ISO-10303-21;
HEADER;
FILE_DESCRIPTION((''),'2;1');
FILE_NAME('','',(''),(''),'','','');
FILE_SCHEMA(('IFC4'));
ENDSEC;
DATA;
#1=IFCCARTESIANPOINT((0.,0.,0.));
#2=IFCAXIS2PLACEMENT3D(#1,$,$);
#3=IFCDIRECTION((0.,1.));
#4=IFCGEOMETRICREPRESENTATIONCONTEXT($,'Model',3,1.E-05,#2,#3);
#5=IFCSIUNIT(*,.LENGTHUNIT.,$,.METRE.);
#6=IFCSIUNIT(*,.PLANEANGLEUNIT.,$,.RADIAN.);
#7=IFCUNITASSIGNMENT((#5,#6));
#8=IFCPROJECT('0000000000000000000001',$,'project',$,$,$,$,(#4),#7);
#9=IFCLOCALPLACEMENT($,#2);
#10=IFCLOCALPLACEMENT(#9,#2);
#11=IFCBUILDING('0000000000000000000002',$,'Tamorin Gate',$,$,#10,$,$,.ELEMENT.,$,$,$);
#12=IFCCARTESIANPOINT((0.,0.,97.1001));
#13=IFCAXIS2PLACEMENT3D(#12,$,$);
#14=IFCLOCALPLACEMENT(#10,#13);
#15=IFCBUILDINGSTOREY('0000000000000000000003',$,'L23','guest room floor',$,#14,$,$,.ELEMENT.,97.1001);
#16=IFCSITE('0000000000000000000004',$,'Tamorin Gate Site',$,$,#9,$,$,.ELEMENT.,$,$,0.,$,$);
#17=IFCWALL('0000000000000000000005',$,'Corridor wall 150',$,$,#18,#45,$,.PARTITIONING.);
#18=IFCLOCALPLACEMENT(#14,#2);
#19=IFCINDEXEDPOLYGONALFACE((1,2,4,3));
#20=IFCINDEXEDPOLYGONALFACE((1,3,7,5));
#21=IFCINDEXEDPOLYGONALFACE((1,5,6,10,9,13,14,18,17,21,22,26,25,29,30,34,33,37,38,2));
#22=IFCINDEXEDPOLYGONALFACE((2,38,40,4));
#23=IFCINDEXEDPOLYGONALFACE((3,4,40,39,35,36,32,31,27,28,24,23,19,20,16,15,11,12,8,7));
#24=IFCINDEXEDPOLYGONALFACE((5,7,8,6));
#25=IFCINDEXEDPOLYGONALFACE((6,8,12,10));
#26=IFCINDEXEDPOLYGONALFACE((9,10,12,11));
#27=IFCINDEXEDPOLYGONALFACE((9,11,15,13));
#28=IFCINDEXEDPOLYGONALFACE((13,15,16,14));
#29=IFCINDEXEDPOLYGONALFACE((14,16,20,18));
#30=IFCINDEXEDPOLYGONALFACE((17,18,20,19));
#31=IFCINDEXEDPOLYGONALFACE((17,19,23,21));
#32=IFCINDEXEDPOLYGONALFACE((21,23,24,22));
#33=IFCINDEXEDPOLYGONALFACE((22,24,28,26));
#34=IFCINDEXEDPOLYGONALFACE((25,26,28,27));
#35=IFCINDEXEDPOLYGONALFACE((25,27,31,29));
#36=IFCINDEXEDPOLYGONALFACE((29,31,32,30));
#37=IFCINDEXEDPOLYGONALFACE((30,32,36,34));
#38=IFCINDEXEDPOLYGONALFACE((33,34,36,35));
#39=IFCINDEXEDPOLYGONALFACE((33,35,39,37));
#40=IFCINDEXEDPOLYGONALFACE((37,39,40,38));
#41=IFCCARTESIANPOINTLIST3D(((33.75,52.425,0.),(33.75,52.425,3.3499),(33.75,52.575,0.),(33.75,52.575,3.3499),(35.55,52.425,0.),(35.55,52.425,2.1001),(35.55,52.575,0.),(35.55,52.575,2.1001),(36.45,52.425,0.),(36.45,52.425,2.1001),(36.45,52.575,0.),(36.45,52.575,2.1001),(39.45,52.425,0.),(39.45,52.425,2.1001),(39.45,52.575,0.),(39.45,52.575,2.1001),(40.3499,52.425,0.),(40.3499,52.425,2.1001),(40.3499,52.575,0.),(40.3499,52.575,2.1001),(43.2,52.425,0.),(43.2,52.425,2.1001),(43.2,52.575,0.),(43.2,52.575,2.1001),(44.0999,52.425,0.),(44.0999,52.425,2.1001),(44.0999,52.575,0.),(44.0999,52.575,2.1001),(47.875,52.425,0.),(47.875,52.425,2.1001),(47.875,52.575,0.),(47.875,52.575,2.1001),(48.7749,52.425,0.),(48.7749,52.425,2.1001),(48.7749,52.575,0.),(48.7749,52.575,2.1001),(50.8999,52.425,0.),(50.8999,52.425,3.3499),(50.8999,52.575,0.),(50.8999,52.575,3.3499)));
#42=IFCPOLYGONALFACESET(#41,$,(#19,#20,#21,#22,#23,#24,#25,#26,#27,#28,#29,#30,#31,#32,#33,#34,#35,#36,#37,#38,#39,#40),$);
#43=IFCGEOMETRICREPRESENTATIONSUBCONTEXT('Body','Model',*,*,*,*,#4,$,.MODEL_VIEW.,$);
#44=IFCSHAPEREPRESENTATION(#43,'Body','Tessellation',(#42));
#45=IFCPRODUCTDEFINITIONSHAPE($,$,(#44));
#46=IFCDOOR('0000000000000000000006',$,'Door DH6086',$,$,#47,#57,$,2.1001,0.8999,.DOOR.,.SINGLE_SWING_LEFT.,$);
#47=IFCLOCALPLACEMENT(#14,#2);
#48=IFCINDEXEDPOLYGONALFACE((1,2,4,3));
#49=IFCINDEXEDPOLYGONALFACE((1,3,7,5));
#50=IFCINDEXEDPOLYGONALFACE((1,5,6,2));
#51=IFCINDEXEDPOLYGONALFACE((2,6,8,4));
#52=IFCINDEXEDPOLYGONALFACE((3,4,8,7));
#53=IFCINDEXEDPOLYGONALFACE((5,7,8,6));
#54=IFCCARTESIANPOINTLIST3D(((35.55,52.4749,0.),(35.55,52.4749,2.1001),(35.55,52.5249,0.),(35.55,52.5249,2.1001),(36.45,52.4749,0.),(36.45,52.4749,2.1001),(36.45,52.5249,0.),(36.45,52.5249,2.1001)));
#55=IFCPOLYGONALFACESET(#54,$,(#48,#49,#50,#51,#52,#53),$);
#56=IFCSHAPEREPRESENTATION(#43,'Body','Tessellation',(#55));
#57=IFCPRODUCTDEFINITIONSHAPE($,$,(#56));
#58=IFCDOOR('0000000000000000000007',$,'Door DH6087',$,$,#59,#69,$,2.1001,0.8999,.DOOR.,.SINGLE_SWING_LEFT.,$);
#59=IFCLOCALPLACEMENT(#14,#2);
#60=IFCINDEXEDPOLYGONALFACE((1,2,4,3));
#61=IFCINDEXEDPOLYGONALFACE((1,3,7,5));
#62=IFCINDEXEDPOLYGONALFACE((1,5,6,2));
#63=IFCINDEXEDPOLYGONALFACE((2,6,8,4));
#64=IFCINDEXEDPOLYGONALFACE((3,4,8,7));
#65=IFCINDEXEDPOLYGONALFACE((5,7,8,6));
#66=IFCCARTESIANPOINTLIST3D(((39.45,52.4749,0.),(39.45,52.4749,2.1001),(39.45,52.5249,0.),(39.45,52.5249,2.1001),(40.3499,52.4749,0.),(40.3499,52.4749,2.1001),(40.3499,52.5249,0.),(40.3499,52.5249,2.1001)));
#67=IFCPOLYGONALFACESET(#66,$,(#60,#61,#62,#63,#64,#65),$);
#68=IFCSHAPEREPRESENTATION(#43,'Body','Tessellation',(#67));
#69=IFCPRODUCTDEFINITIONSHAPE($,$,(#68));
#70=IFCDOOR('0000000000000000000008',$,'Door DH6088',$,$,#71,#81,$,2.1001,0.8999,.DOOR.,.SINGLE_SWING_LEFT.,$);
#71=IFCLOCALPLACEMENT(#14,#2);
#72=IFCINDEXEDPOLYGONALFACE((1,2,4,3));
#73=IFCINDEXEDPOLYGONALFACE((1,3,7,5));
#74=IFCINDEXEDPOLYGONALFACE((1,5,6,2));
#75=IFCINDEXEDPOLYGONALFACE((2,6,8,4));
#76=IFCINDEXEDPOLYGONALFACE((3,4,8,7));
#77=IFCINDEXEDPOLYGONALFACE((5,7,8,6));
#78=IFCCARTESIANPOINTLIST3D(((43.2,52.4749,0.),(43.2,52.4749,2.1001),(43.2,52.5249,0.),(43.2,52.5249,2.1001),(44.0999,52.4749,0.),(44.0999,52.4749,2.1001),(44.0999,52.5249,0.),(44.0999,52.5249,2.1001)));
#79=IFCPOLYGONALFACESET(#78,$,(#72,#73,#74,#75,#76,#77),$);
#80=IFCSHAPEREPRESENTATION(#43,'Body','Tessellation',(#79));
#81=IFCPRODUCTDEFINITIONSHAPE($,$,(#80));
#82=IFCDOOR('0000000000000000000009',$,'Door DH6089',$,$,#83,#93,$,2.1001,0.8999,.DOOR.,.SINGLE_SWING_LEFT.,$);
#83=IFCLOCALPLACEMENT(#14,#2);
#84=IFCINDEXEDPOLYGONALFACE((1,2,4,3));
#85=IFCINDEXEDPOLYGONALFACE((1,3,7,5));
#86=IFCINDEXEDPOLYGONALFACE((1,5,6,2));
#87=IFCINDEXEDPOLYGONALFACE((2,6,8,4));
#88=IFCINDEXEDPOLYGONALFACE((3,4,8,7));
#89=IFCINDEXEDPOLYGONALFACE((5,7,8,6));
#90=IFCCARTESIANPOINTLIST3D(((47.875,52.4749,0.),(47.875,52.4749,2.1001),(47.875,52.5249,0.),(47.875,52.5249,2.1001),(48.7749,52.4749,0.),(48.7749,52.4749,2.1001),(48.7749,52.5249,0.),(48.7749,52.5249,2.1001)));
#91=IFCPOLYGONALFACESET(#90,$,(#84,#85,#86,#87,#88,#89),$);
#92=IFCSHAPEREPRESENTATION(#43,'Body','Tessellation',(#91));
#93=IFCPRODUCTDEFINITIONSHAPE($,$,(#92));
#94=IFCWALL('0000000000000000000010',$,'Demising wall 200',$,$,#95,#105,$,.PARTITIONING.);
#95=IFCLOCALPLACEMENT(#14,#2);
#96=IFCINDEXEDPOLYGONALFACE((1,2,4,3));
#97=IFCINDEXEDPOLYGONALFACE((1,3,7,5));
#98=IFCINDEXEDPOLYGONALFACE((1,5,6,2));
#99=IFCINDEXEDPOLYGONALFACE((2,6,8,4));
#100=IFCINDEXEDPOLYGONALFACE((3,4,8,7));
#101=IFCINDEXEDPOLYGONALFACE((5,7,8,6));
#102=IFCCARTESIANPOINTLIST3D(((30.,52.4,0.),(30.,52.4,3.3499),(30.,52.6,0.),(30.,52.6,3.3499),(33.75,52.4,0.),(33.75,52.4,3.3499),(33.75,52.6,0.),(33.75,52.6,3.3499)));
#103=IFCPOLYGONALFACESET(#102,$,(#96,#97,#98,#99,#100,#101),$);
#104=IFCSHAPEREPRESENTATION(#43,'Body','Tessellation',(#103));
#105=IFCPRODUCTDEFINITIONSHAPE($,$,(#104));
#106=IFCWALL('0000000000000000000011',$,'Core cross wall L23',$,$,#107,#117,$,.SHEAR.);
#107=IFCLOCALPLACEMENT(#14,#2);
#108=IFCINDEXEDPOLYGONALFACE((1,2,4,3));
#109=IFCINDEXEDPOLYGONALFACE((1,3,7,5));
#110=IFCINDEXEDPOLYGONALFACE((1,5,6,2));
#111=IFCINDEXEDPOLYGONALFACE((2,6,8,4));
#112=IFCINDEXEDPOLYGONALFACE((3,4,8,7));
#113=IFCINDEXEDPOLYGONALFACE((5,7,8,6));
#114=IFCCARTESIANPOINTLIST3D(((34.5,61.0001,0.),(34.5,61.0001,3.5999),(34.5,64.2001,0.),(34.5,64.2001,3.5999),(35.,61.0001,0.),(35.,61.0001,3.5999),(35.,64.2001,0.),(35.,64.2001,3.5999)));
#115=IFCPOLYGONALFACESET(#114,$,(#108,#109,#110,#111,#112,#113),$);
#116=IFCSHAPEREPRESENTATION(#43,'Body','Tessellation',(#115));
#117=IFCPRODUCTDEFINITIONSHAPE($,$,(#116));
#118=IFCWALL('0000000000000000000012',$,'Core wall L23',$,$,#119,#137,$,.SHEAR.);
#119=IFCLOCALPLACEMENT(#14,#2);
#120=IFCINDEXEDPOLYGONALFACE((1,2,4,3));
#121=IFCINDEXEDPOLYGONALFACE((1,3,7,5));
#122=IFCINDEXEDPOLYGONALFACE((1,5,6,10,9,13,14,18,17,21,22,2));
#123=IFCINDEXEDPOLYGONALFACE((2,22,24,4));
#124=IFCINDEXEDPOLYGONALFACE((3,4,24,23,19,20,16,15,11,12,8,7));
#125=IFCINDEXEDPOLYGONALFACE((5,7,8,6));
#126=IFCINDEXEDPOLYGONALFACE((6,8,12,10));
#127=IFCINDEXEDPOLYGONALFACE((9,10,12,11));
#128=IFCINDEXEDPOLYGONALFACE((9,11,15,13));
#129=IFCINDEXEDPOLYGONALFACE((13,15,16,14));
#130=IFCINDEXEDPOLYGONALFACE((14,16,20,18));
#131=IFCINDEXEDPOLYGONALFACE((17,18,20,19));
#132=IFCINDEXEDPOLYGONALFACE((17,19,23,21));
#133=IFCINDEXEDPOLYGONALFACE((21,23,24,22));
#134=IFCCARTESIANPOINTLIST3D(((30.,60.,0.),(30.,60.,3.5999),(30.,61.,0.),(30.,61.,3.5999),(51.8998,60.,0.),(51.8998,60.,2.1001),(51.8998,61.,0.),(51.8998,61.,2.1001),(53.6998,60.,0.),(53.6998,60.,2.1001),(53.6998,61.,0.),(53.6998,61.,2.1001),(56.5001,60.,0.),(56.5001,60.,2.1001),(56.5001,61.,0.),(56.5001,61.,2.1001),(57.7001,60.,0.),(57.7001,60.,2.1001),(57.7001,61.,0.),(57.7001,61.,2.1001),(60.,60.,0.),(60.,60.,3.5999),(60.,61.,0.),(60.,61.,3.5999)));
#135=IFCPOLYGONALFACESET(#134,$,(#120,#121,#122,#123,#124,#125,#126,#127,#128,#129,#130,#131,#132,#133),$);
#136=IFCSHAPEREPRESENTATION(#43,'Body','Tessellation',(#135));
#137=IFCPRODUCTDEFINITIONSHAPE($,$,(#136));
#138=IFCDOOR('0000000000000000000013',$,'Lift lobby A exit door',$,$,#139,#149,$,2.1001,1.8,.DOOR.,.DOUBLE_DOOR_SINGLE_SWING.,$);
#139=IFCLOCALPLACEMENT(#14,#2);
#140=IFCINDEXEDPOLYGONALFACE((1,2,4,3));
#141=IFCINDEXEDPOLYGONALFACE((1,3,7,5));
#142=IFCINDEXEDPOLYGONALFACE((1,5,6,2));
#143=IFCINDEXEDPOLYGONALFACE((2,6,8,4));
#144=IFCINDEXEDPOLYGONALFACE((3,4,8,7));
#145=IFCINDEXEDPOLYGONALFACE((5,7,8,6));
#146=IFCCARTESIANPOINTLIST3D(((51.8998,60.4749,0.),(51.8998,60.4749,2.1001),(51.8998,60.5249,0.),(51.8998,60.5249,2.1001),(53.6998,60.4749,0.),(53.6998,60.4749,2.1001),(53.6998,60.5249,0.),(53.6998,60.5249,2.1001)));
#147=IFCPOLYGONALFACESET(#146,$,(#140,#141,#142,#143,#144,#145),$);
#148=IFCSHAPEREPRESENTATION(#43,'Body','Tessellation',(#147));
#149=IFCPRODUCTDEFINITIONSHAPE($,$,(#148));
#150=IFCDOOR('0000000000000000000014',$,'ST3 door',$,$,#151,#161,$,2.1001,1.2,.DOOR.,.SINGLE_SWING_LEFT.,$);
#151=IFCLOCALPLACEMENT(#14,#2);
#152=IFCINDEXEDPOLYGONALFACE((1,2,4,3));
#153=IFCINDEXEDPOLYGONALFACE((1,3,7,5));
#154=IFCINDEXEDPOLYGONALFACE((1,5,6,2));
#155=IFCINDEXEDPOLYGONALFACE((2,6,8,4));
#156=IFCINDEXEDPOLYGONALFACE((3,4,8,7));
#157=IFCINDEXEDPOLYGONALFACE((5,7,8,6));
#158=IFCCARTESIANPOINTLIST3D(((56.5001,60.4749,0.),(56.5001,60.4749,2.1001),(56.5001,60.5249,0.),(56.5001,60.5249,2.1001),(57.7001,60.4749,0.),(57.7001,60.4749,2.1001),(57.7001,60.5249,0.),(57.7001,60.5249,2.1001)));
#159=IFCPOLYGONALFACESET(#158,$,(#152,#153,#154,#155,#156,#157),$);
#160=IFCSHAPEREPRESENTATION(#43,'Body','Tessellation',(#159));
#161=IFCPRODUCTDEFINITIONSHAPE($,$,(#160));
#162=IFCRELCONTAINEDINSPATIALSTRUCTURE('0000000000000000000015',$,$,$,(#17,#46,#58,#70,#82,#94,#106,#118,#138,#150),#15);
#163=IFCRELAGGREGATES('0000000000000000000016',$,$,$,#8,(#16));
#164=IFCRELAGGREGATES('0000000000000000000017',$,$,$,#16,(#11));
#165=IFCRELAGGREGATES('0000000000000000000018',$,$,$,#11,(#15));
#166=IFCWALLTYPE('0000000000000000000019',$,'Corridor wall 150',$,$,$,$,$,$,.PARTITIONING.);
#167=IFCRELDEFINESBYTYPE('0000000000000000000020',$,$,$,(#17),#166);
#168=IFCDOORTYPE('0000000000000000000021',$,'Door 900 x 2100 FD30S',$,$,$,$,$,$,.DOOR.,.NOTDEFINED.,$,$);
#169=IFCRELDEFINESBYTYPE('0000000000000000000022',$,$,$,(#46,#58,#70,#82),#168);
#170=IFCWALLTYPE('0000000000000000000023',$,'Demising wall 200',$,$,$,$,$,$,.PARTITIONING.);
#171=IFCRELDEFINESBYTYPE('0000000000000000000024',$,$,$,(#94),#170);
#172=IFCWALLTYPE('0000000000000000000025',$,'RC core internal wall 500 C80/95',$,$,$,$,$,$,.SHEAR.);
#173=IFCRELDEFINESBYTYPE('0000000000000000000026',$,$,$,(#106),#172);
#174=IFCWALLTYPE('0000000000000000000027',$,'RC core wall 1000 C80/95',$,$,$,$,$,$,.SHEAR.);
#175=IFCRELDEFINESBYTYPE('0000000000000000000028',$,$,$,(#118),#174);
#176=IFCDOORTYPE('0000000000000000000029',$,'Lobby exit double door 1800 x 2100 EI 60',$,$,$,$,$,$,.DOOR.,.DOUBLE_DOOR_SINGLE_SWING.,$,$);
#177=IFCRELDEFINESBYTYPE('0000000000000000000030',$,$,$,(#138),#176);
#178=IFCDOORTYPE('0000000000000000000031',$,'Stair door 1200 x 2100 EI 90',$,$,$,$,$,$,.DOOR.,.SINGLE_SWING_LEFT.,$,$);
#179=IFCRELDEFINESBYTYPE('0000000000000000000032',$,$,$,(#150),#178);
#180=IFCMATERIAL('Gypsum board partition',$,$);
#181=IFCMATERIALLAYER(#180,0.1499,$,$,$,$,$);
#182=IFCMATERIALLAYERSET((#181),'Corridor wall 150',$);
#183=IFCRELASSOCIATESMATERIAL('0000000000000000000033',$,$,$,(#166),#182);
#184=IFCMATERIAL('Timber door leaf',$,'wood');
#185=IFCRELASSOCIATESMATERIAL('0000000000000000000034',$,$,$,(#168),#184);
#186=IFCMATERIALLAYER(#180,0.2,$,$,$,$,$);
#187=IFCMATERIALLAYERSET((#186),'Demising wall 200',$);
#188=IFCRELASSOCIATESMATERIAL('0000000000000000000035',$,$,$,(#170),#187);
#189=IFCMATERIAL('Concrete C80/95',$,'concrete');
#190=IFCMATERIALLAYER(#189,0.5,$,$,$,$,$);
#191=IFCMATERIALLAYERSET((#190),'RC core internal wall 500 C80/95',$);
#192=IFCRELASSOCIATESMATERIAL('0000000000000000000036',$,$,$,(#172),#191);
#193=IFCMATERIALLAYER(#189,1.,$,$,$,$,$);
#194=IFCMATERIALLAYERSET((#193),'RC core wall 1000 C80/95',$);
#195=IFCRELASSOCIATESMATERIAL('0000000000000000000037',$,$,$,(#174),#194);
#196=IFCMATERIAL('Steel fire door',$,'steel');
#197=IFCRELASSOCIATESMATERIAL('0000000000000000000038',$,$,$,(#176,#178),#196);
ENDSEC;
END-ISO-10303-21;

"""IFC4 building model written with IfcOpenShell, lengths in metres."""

from ifc_helpers import new_model, si_unit, direction, frame, frame_2d, origin, place, context, subcontext, project, spatial, rectangle, extrude, material, layer, layer_set, type_object, element, fill, save


model = new_model("IFC4")

# Units and contexts
model_context = context("Model", 3, precision=1e-05, world=origin(), true_north=direction((0.0, 1.0)))
body_context = subcontext(model_context, "Body", "Model", "MODEL_VIEW")
ifc_project = project(units=[si_unit("LENGTHUNIT", "METRE"), si_unit("PLANEANGLEUNIT", "RADIAN")], contexts=[model_context])

# Site, building, storey
site_placement = place(None, origin())
site = spatial("IfcSite", under=ifc_project, at=site_placement, Name="Tamorin Gate Site", CompositionType="ELEMENT", RefElevation=0.0)
building_placement = place(site_placement, origin())
building = spatial("IfcBuilding", under=site, at=building_placement, Name="Tamorin Gate", CompositionType="ELEMENT")
storey_placement = place(building_placement, frame((0.0, 0.0, 97.1001)))
storey = spatial("IfcBuildingStorey", under=building, at=storey_placement, Name="L23", Description="guest room floor", CompositionType="ELEMENT", Elevation=97.1001)

# Shared definitions
ifc_material_1 = material(Name="Concrete C80/95", Category="concrete")

# Wall, openings, doors
ifc_material_2 = material(Name="Gypsum board partition")
ifc_layer_1 = layer(ifc_material_2, 0.1499)
ifc_layer_set_1 = layer_set([ifc_layer_1], Name="Corridor wall 150")
wall_type_1 = type_object("IfcWallType", Name="Corridor wall 150", PredefinedType="PARTITIONING", material=ifc_layer_set_1)
wall_1_placement = place(storey_placement, frame((33.75, 52.5, 0.0), z_axis=(0.0, 0.0, 1.0), x_axis=(1.0, 0.0, 0.0)))
wall_1 = element("IfcWall", 1, at=wall_1_placement, inside=storey, type_object=wall_type_1, Name="Corridor wall 150", PredefinedType="PARTITIONING", context=body_context, shape_type="SweptSolid", body=[
    extrude(rectangle(XDim=17.1499, YDim=0.1499, at=frame_2d((8.575, 0.0))), origin(), (0.0, 0.0, 1.0), 3.3499),
])
opening_1_placement = place(wall_1_placement, frame((1.8, 0.0, 0.0)))
opening_1 = element("IfcOpeningElement", 2, at=opening_1_placement, cuts=wall_1, PredefinedType="OPENING", context=body_context, shape_type="SweptSolid", body=[
    extrude(rectangle(XDim=0.8999, YDim=2.1001, at=frame_2d((0.45, 1.05))), frame((0.0, 0.085, 0.0), z_axis=(0.0, -1.0, 0.0), x_axis=(1.0, 0.0, 0.0)), (0.0, 0.0, 1.0), 0.1699),
])
opening_2_placement = place(wall_1_placement, frame((5.7, 0.0, 0.0)))
opening_2 = element("IfcOpeningElement", 3, at=opening_2_placement, cuts=wall_1, PredefinedType="OPENING", context=body_context, shape_type="SweptSolid", body=[
    extrude(rectangle(XDim=0.8999, YDim=2.1001, at=frame_2d((0.45, 1.05))), frame((0.0, 0.085, 0.0), z_axis=(0.0, -1.0, 0.0), x_axis=(1.0, 0.0, 0.0)), (0.0, 0.0, 1.0), 0.1699),
])
opening_3_placement = place(wall_1_placement, frame((9.45, 0.0, 0.0)))
opening_3 = element("IfcOpeningElement", 4, at=opening_3_placement, cuts=wall_1, PredefinedType="OPENING", context=body_context, shape_type="SweptSolid", body=[
    extrude(rectangle(XDim=0.8999, YDim=2.1001, at=frame_2d((0.45, 1.05))), frame((0.0, 0.085, 0.0), z_axis=(0.0, -1.0, 0.0), x_axis=(1.0, 0.0, 0.0)), (0.0, 0.0, 1.0), 0.1699),
])
opening_4_placement = place(wall_1_placement, frame((14.125, 0.0, 0.0)))
opening_4 = element("IfcOpeningElement", 5, at=opening_4_placement, cuts=wall_1, PredefinedType="OPENING", context=body_context, shape_type="SweptSolid", body=[
    extrude(rectangle(XDim=0.8999, YDim=2.1001, at=frame_2d((0.45, 1.05))), frame((0.0, 0.085, 0.0), z_axis=(0.0, -1.0, 0.0), x_axis=(1.0, 0.0, 0.0)), (0.0, 0.0, 1.0), 0.1699),
])
ifc_material_3 = material(Name="Timber door leaf", Category="wood")
door_type_1 = type_object("IfcDoorType", Name="Door 900 x 2100 FD30S", OperationType="NOTDEFINED", PredefinedType="DOOR", material=ifc_material_3)
door_1_placement = place(opening_1_placement, origin())
door_1 = element("IfcDoor", 6, at=door_1_placement, inside=storey, type_object=door_type_1, Name="Door DH6086", OperationType="SINGLE_SWING_LEFT", OverallHeight=2.1001, OverallWidth=0.8999, PredefinedType="DOOR", context=body_context, shape_type="SweptSolid", body=[
    extrude(rectangle(XDim=0.8999, YDim=2.1001, at=frame_2d((0.45, 1.05))), frame((0.0, 0.0249, 0.0), z_axis=(0.0, -1.0, 0.0), x_axis=(1.0, 0.0, 0.0)), (0.0, 0.0, 1.0), 0.05),
])
fill(opening_1, door_1)
door_2_placement = place(opening_2_placement, origin())
door_2 = element("IfcDoor", 7, at=door_2_placement, inside=storey, type_object=door_type_1, Name="Door DH6087", OperationType="SINGLE_SWING_LEFT", OverallHeight=2.1001, OverallWidth=0.8999, PredefinedType="DOOR", context=body_context, shape_type="SweptSolid", body=[
    extrude(rectangle(XDim=0.8999, YDim=2.1001, at=frame_2d((0.45, 1.05))), frame((0.0, 0.0249, 0.0), z_axis=(0.0, -1.0, 0.0), x_axis=(1.0, 0.0, 0.0)), (0.0, 0.0, 1.0), 0.05),
])
fill(opening_2, door_2)
door_3_placement = place(opening_3_placement, origin())
door_3 = element("IfcDoor", 8, at=door_3_placement, inside=storey, type_object=door_type_1, Name="Door DH6088", OperationType="SINGLE_SWING_LEFT", OverallHeight=2.1001, OverallWidth=0.8999, PredefinedType="DOOR", context=body_context, shape_type="SweptSolid", body=[
    extrude(rectangle(XDim=0.8999, YDim=2.1001, at=frame_2d((0.45, 1.05))), frame((0.0, 0.0249, 0.0), z_axis=(0.0, -1.0, 0.0), x_axis=(1.0, 0.0, 0.0)), (0.0, 0.0, 1.0), 0.05),
])
fill(opening_3, door_3)
door_4_placement = place(opening_4_placement, origin())
door_4 = element("IfcDoor", 9, at=door_4_placement, inside=storey, type_object=door_type_1, Name="Door DH6089", OperationType="SINGLE_SWING_LEFT", OverallHeight=2.1001, OverallWidth=0.8999, PredefinedType="DOOR", context=body_context, shape_type="SweptSolid", body=[
    extrude(rectangle(XDim=0.8999, YDim=2.1001, at=frame_2d((0.45, 1.05))), frame((0.0, 0.0249, 0.0), z_axis=(0.0, -1.0, 0.0), x_axis=(1.0, 0.0, 0.0)), (0.0, 0.0, 1.0), 0.05),
])
fill(opening_4, door_4)

# Walls
ifc_layer_2 = layer(ifc_material_2, 0.2)
ifc_layer_set_2 = layer_set([ifc_layer_2], Name="Demising wall 200")
wall_type_2 = type_object("IfcWallType", Name="Demising wall 200", PredefinedType="PARTITIONING", material=ifc_layer_set_2)
wall_2_placement = place(storey_placement, frame((30.0, 52.5, 0.0), z_axis=(0.0, 0.0, 1.0), x_axis=(1.0, 0.0, 0.0)))
element("IfcWall", 10, at=wall_2_placement, inside=storey, type_object=wall_type_2, Name="Demising wall 200", PredefinedType="PARTITIONING", context=body_context, shape_type="SweptSolid", body=[
    extrude(rectangle(XDim=3.75, YDim=0.2, at=frame_2d((1.875, 0.0))), origin(), (0.0, 0.0, 1.0), 3.3499),
])
ifc_layer_3 = layer(ifc_material_1, 0.5)
ifc_layer_set_3 = layer_set([ifc_layer_3], Name="RC core internal wall 500 C80/95")
wall_type_3 = type_object("IfcWallType", Name="RC core internal wall 500 C80/95", PredefinedType="SHEAR", material=ifc_layer_set_3)
wall_3_placement = place(storey_placement, frame((34.75, 61.0, 0.0), z_axis=(0.0, 0.0, 1.0), x_axis=(0.0, 1.0, 0.0)))
element("IfcWall", 11, at=wall_3_placement, inside=storey, type_object=wall_type_3, Name="Core cross wall L23", PredefinedType="SHEAR", context=body_context, shape_type="SweptSolid", body=[
    extrude(rectangle(XDim=3.2, YDim=0.5, at=frame_2d((1.6001, 0.0))), origin(), (0.0, 0.0, 1.0), 3.5999),
])

# Wall, openings, doors
ifc_layer_4 = layer(ifc_material_1, 1.0)
ifc_layer_set_4 = layer_set([ifc_layer_4], Name="RC core wall 1000 C80/95")
wall_type_4 = type_object("IfcWallType", Name="RC core wall 1000 C80/95", PredefinedType="SHEAR", material=ifc_layer_set_4)
wall_4_placement = place(storey_placement, frame((30.0, 60.5, 0.0), z_axis=(0.0, 0.0, 1.0), x_axis=(1.0, 0.0, 0.0)))
wall_4 = element("IfcWall", 12, at=wall_4_placement, inside=storey, type_object=wall_type_4, Name="Core wall L23", PredefinedType="SHEAR", context=body_context, shape_type="SweptSolid", body=[
    extrude(rectangle(XDim=30.0, YDim=1.0, at=frame_2d((15.0, 0.0))), origin(), (0.0, 0.0, 1.0), 3.5999),
])
opening_5_placement = place(wall_4_placement, frame((21.8999, 0.0, 0.0)))
opening_5 = element("IfcOpeningElement", 13, at=opening_5_placement, cuts=wall_4, PredefinedType="OPENING", context=body_context, shape_type="SweptSolid", body=[
    extrude(rectangle(XDim=1.8, YDim=2.1001, at=frame_2d((0.8999, 1.05))), frame((0.0, 0.51, 0.0), z_axis=(0.0, -1.0, 0.0), x_axis=(1.0, 0.0, 0.0)), (0.0, 0.0, 1.0), 1.02),
])
opening_6_placement = place(wall_4_placement, frame((26.5, 0.0, 0.0)))
opening_6 = element("IfcOpeningElement", 14, at=opening_6_placement, cuts=wall_4, PredefinedType="OPENING", context=body_context, shape_type="SweptSolid", body=[
    extrude(rectangle(XDim=1.2, YDim=2.1001, at=frame_2d((0.6001, 1.05))), frame((0.0, 0.51, 0.0), z_axis=(0.0, -1.0, 0.0), x_axis=(1.0, 0.0, 0.0)), (0.0, 0.0, 1.0), 1.02),
])
ifc_material_4 = material(Name="Steel fire door", Category="steel")
door_type_2 = type_object("IfcDoorType", Name="Lobby exit double door 1800 x 2100 EI 60", OperationType="DOUBLE_DOOR_SINGLE_SWING", PredefinedType="DOOR", material=ifc_material_4)
door_5_placement = place(opening_5_placement, origin())
door_5 = element("IfcDoor", 15, at=door_5_placement, inside=storey, type_object=door_type_2, Name="Lift lobby A exit door", OperationType="DOUBLE_DOOR_SINGLE_SWING", OverallHeight=2.1001, OverallWidth=1.8, PredefinedType="DOOR", context=body_context, shape_type="SweptSolid", body=[
    extrude(rectangle(XDim=1.8, YDim=2.1001, at=frame_2d((0.8999, 1.05))), frame((0.0, 0.0249, 0.0), z_axis=(0.0, -1.0, 0.0), x_axis=(1.0, 0.0, 0.0)), (0.0, 0.0, 1.0), 0.05),
])
fill(opening_5, door_5)
door_type_3 = type_object("IfcDoorType", Name="Stair door 1200 x 2100 EI 90", OperationType="SINGLE_SWING_LEFT", PredefinedType="DOOR", material=ifc_material_4)
door_6_placement = place(opening_6_placement, origin())
door_6 = element("IfcDoor", 16, at=door_6_placement, inside=storey, type_object=door_type_3, Name="ST3 door", OperationType="SINGLE_SWING_LEFT", OverallHeight=2.1001, OverallWidth=1.2, PredefinedType="DOOR", context=body_context, shape_type="SweptSolid", body=[
    extrude(rectangle(XDim=1.2, YDim=2.1001, at=frame_2d((0.6001, 1.05))), frame((0.0, 0.0249, 0.0), z_axis=(0.0, -1.0, 0.0), x_axis=(1.0, 0.0, 0.0)), (0.0, 0.0, 1.0), 0.05),
])
fill(opening_6, door_6)

save(model, "model.ifc")
